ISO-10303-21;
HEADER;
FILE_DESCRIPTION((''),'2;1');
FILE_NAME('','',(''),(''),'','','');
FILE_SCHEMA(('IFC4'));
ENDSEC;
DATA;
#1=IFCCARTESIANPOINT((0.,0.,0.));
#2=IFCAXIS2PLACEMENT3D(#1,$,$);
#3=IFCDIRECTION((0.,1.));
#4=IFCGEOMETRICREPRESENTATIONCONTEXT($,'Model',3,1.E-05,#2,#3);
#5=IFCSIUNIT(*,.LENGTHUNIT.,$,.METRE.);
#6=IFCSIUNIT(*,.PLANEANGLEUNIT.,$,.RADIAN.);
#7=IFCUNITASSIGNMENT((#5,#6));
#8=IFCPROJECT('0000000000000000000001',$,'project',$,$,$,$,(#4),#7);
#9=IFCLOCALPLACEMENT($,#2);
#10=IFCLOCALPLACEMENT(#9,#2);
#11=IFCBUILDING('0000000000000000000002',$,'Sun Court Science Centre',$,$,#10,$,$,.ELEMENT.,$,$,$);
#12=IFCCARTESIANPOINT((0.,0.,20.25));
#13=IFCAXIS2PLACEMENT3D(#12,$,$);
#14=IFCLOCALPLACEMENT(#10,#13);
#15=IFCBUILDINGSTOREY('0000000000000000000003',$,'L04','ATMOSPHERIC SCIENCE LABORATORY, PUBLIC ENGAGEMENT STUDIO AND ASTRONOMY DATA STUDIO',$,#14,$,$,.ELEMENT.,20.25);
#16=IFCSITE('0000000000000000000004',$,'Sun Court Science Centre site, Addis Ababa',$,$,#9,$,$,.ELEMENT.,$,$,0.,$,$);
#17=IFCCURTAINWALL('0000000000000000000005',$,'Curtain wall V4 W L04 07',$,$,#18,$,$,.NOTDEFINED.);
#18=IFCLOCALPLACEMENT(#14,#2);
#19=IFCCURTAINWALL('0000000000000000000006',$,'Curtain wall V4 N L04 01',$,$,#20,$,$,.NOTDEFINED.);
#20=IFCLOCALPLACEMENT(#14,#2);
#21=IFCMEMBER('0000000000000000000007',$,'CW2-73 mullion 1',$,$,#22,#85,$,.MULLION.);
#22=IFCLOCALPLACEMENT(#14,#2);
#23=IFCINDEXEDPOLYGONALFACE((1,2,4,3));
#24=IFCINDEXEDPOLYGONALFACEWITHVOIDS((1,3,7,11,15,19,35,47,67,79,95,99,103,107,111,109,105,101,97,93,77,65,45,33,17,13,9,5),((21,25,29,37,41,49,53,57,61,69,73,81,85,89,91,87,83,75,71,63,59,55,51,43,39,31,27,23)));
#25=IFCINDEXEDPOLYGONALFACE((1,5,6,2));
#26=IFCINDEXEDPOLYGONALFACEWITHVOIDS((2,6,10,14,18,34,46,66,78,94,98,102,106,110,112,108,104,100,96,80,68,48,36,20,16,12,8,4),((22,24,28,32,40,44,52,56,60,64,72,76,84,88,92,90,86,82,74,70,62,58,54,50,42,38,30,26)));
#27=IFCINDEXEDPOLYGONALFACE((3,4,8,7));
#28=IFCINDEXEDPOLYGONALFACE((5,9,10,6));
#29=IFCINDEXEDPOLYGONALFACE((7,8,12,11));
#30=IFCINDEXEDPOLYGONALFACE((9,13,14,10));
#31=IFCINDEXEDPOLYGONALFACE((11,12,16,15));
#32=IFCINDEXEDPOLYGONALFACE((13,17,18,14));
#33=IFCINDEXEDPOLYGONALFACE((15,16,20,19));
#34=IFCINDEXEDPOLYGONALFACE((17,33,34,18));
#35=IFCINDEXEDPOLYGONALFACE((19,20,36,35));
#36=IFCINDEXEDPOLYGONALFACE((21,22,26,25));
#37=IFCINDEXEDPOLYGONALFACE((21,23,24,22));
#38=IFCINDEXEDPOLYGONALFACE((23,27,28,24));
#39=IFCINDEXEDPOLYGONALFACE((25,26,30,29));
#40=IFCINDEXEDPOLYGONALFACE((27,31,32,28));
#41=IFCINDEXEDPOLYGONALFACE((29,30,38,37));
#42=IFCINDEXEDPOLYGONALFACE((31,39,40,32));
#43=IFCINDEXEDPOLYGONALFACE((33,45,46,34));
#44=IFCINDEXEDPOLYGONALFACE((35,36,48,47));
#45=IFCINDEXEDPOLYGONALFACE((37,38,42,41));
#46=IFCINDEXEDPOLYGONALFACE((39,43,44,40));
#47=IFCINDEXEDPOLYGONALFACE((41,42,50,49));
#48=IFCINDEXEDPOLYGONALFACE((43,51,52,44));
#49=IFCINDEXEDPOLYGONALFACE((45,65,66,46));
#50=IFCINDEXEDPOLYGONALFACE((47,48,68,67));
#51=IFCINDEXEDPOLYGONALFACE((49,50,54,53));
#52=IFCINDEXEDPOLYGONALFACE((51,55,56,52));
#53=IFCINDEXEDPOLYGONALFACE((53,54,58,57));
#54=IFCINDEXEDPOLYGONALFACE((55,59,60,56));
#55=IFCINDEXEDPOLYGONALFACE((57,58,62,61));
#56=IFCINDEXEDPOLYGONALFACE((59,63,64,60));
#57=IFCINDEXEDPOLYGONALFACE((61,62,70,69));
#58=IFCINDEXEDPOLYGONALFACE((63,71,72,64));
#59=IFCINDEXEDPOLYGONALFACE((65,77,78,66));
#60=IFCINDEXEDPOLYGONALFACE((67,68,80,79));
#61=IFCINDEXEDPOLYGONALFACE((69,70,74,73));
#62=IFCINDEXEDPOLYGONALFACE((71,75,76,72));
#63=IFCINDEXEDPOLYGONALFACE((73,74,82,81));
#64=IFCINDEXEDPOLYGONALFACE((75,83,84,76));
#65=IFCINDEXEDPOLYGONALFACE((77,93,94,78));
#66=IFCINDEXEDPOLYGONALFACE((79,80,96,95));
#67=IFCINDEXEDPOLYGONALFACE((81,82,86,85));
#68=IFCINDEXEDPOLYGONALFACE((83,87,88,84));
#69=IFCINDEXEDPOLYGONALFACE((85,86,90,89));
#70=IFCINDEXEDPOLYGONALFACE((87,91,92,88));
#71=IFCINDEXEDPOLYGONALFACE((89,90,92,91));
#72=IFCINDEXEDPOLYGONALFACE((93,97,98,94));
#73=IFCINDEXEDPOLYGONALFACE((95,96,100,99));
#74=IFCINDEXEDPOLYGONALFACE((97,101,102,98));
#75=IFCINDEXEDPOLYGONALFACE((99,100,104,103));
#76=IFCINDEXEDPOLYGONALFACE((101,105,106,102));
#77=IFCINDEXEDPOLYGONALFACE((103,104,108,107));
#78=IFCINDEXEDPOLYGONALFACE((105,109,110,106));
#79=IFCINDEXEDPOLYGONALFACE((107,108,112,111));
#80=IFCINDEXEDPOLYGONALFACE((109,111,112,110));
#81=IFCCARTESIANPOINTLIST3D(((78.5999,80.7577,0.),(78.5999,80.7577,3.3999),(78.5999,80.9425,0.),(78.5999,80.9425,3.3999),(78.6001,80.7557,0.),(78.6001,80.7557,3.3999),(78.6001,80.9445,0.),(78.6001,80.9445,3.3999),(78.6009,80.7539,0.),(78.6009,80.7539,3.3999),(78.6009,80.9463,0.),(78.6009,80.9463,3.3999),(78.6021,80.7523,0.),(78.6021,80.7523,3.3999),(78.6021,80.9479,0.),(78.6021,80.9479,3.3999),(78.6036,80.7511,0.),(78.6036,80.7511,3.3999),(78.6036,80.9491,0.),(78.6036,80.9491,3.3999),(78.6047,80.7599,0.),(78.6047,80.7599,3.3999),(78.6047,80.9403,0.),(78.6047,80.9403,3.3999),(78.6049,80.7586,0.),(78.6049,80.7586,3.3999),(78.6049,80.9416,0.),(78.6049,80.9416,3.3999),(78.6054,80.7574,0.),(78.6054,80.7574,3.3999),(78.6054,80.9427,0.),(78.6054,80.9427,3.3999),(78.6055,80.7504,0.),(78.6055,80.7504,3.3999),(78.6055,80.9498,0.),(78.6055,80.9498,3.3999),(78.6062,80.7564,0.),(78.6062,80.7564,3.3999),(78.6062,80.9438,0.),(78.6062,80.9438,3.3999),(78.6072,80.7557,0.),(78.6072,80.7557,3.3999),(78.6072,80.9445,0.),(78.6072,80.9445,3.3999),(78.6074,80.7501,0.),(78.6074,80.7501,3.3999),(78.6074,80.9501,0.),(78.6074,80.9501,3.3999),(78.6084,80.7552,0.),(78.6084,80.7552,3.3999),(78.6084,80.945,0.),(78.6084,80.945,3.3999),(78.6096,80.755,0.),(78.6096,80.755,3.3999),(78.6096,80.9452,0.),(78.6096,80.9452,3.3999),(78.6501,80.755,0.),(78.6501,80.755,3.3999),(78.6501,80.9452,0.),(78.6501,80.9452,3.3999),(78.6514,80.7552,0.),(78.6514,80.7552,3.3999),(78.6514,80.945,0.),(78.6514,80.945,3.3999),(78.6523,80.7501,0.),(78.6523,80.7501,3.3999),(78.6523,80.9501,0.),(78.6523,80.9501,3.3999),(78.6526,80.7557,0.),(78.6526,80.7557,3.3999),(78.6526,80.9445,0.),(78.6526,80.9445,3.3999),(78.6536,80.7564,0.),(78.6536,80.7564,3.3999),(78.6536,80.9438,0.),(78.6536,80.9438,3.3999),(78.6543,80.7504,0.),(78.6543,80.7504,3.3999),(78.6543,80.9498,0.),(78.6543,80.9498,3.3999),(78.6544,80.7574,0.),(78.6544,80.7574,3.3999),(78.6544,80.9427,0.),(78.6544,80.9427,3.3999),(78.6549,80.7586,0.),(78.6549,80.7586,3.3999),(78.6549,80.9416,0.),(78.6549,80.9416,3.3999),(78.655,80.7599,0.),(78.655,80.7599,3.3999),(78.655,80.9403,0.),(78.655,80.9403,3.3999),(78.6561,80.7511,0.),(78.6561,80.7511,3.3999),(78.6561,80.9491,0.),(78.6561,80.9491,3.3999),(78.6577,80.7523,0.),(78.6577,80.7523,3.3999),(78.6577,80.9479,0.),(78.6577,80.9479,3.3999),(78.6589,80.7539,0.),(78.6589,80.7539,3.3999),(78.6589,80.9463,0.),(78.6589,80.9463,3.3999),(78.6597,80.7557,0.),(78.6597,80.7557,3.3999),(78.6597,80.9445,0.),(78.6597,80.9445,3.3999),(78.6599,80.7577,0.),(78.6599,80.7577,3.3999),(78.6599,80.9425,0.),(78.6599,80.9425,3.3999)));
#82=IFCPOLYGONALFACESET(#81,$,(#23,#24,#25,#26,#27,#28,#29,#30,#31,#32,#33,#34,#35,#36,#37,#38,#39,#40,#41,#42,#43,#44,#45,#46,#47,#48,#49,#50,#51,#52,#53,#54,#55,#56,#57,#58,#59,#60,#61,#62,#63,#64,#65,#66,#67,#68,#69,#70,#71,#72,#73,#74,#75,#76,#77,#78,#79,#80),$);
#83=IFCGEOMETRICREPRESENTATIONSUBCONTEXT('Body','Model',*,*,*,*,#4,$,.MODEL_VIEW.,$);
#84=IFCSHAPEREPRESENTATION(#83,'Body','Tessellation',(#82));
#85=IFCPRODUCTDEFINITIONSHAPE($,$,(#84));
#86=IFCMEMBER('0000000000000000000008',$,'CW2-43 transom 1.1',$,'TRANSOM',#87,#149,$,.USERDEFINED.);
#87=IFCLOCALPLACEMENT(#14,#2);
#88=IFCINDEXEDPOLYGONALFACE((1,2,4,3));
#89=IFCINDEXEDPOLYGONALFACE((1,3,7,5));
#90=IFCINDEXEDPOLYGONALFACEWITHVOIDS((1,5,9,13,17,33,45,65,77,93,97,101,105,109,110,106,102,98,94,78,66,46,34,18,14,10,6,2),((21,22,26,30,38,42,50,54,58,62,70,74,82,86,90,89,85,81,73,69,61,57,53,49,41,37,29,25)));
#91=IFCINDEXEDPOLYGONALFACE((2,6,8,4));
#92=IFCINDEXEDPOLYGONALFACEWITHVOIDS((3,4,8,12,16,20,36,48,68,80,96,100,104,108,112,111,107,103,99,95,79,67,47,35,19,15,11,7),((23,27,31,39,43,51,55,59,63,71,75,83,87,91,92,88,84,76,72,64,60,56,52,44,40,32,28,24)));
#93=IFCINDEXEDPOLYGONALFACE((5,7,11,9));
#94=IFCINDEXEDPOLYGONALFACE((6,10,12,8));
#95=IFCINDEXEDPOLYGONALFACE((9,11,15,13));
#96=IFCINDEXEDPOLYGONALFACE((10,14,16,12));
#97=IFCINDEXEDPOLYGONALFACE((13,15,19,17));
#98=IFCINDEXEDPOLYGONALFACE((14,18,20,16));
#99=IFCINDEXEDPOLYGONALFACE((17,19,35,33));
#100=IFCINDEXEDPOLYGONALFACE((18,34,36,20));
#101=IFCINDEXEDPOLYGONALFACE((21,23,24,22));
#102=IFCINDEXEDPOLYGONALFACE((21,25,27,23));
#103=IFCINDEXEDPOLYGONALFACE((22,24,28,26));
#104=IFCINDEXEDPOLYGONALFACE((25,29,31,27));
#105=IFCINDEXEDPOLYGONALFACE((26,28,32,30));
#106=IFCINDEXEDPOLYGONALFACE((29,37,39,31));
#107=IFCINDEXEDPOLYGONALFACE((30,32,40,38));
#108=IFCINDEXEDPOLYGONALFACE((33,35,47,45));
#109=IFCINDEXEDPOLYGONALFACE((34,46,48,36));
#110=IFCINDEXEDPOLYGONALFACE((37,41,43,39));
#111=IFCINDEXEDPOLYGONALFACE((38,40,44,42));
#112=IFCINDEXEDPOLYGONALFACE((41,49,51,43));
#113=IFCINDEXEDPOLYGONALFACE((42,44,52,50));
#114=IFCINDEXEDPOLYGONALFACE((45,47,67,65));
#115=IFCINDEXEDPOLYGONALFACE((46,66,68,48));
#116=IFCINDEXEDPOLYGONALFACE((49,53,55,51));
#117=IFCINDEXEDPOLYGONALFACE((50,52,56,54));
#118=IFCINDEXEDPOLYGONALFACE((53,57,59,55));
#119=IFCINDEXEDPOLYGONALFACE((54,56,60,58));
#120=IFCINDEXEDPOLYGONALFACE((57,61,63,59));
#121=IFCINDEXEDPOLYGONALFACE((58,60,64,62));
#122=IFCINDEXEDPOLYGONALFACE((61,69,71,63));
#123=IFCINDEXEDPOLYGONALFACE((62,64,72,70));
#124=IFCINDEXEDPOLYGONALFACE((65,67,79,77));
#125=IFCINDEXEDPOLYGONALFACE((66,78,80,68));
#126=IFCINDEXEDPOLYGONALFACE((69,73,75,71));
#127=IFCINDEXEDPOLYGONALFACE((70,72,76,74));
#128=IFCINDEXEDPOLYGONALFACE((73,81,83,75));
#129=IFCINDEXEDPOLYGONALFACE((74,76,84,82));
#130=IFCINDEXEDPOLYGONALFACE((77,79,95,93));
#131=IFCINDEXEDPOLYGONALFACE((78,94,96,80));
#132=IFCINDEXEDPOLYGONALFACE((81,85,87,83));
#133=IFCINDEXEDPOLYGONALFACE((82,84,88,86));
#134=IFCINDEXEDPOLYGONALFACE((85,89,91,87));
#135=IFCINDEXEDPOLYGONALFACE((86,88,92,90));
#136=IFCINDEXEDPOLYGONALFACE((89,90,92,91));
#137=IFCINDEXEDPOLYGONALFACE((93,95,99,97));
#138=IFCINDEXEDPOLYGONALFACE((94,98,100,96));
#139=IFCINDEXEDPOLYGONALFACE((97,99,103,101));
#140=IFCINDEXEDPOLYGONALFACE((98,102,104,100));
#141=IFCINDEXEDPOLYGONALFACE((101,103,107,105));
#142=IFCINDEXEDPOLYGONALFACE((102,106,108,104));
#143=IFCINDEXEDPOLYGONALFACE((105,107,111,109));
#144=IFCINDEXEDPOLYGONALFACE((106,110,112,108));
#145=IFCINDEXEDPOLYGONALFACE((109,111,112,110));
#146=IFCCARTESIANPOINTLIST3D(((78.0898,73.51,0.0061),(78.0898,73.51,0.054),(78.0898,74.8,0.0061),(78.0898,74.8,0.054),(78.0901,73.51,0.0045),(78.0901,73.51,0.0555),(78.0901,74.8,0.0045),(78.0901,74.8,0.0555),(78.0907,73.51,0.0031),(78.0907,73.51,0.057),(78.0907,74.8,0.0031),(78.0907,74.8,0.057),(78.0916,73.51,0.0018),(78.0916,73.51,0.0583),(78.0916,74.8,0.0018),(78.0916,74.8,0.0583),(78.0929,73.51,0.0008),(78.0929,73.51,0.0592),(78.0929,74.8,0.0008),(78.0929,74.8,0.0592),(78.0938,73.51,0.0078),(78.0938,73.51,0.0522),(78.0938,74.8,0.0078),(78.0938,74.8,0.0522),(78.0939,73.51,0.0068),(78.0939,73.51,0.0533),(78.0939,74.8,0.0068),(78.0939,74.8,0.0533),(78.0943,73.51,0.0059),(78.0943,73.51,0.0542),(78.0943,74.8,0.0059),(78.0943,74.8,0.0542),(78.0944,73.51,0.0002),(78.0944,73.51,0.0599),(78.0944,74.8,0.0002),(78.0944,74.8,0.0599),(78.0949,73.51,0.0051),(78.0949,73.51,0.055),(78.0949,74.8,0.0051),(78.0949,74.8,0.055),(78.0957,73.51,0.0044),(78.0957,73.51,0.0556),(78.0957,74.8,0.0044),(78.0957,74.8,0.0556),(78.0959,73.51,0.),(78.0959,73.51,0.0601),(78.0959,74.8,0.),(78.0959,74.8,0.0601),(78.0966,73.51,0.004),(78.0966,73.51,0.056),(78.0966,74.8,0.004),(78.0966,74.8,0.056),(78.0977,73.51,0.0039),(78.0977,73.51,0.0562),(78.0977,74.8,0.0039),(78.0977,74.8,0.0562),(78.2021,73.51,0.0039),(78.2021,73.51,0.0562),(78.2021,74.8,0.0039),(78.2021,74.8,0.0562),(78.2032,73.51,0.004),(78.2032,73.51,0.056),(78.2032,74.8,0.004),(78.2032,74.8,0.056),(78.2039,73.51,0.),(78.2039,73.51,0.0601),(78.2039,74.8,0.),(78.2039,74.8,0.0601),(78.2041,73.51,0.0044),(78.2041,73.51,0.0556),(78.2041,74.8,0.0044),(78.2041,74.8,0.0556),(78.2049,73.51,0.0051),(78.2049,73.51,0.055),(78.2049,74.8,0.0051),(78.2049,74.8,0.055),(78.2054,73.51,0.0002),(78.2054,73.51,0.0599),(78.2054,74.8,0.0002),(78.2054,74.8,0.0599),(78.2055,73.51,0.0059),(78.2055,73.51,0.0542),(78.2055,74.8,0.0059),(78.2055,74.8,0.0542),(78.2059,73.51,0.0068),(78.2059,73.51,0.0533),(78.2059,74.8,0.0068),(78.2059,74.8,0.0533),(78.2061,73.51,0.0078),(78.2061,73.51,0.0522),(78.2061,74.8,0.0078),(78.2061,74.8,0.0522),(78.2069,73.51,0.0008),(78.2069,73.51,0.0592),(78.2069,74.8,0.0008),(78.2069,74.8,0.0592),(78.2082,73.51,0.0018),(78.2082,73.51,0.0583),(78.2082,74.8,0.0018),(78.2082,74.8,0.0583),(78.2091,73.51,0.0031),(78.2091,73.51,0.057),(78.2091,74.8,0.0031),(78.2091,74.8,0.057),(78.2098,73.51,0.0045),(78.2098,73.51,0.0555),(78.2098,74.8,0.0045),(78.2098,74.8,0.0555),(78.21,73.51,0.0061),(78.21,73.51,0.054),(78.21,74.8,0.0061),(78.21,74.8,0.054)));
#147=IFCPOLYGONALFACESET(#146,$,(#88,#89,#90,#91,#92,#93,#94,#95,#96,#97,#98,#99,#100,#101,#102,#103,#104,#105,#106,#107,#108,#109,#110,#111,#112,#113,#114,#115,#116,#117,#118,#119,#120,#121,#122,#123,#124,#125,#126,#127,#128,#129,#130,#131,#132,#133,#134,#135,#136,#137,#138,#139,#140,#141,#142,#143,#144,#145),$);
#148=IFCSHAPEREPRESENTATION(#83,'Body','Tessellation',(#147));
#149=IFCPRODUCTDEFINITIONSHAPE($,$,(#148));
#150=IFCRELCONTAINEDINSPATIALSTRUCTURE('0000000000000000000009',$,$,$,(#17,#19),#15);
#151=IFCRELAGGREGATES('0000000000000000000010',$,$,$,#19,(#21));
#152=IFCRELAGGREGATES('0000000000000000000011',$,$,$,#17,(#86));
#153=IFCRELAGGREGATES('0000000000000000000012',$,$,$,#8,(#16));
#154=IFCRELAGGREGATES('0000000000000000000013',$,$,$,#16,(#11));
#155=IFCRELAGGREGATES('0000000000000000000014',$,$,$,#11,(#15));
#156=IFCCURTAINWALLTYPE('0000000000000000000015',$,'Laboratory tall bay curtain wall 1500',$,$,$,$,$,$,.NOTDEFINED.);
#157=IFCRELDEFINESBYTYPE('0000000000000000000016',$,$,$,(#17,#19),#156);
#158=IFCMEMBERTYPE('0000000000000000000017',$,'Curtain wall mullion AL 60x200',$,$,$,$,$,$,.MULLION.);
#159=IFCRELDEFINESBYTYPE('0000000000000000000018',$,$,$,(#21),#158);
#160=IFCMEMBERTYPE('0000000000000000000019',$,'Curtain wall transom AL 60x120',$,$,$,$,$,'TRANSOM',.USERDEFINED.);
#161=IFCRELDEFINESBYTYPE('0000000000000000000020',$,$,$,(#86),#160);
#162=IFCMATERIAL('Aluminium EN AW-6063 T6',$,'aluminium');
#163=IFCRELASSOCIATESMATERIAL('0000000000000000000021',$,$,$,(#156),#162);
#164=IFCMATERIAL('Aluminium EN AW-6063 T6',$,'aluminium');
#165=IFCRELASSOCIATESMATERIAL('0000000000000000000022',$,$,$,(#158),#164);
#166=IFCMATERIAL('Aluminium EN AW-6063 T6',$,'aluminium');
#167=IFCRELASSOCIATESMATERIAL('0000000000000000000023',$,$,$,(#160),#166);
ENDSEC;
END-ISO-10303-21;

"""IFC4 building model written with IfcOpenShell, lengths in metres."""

from ifc_helpers import new_model, si_unit, direction, frame, origin, origin_2d, place, context, subcontext, project, spatial, hollow_rectangle, extrude, material, material_profile, profile_set, type_object, element, aggregate, save


model = new_model("IFC4")

# Units and contexts
model_context = context("Model", 3, precision=1e-05, world=origin(), true_north=direction((0.0, 1.0)))
body_context = subcontext(model_context, "Body", "Model", "MODEL_VIEW")
ifc_project = project(units=[si_unit("LENGTHUNIT", "METRE"), si_unit("PLANEANGLEUNIT", "RADIAN")], contexts=[model_context])

# Site, building, storey
site_placement = place(None, origin())
site = spatial("IfcSite", under=ifc_project, at=site_placement, Name="Sun Court Science Centre site, Addis Ababa", CompositionType="ELEMENT", RefElevation=0.0)
building_placement = place(site_placement, origin())
building = spatial("IfcBuilding", under=site, at=building_placement, Name="Sun Court Science Centre", CompositionType="ELEMENT")
storey_placement = place(building_placement, frame((0.0, 0.0, 20.25)))
storey = spatial("IfcBuildingStorey", under=building, at=storey_placement, Name="L04", Description="ATMOSPHERIC SCIENCE LABORATORY, PUBLIC ENGAGEMENT STUDIO AND ASTRONOMY DATA STUDIO", CompositionType="ELEMENT", Elevation=20.25)

# Curtain wall
ifc_material_1 = material(Name="Aluminium EN AW-6063 T6", Category="aluminium")
curtain_wall_type = type_object("IfcCurtainWallType", Name="Laboratory tall bay curtain wall 1500", PredefinedType="NOTDEFINED", material=ifc_material_1)
curtain_wall_1_placement = place(storey_placement, origin())
curtain_wall_1 = element("IfcCurtainWall", 1, at=curtain_wall_1_placement, inside=storey, type_object=curtain_wall_type, Name="Curtain wall V4 W L04 07", PredefinedType="NOTDEFINED")
ifc_material_2 = material(Name="Aluminium EN AW-6063 T6", Category="aluminium")
ifc_material_profile_1 = material_profile(ifc_material_2, hollow_rectangle(XDim=0.0601, YDim=0.2, WallThickness=0.0049, InnerFilletRadius=0.0049, OuterFilletRadius=0.0076, at=origin_2d()), Name="AL 60x200x5")
ifc_profile_set_1 = profile_set([ifc_material_profile_1], Name="Aluminium EN AW-6063 T6")
member_type_1 = type_object("IfcMemberType", Name="Curtain wall mullion AL 60x200", PredefinedType="MULLION", material=ifc_profile_set_1)

# Curtain wall, member
curtain_wall_2_placement = place(storey_placement, origin())
curtain_wall_2 = element("IfcCurtainWall", 2, at=curtain_wall_2_placement, inside=storey, type_object=curtain_wall_type, Name="Curtain wall V4 N L04 01", PredefinedType="NOTDEFINED")
member_1_placement = place(storey_placement, frame((78.6299, 80.8501, 0.0), z_axis=(0.0, 0.0, 1.0), x_axis=(1.0, 0.0, 0.0)))
member_1 = element("IfcMember", 3, at=member_1_placement, type_object=member_type_1, Name="CW2-73 mullion 1", PredefinedType="MULLION", context=body_context, shape_type="SweptSolid", body=[
    extrude(hollow_rectangle(XDim=0.0601, YDim=0.2, WallThickness=0.0049, InnerFilletRadius=0.0049, OuterFilletRadius=0.0076, at=origin_2d()), origin(), (0.0, 0.0, 1.0), 3.3999),
])

# Member
ifc_material_3 = material(Name="Aluminium EN AW-6063 T6", Category="aluminium")
ifc_material_profile_2 = material_profile(ifc_material_3, hollow_rectangle(XDim=0.0601, YDim=0.1201, WallThickness=0.0039, InnerFilletRadius=0.0039, OuterFilletRadius=0.0061, at=origin_2d()), Name="AL 60x120x4")
ifc_profile_set_2 = profile_set([ifc_material_profile_2], Name="Aluminium EN AW-6063 T6")
member_type_2 = type_object("IfcMemberType", Name="Curtain wall transom AL 60x120", ElementType="TRANSOM", PredefinedType="USERDEFINED", material=ifc_profile_set_2)
member_2_placement = place(storey_placement, frame((78.1499, 73.51, 0.03), z_axis=(0.0, 1.0, 0.0), x_axis=(0.0, 0.0, 1.0)))
member_2 = element("IfcMember", 4, at=member_2_placement, type_object=member_type_2, Name="CW2-43 transom 1.1", ObjectType="TRANSOM", PredefinedType="USERDEFINED", context=body_context, shape_type="SweptSolid", body=[
    extrude(hollow_rectangle(XDim=0.0601, YDim=0.1201, WallThickness=0.0039, InnerFilletRadius=0.0039, OuterFilletRadius=0.0061, at=origin_2d()), origin(), (0.0, 0.0, 1.0), 1.29),
])
aggregate(curtain_wall_2, [member_1])

aggregate(curtain_wall_1, [member_2])

save(model, "model.ifc")
